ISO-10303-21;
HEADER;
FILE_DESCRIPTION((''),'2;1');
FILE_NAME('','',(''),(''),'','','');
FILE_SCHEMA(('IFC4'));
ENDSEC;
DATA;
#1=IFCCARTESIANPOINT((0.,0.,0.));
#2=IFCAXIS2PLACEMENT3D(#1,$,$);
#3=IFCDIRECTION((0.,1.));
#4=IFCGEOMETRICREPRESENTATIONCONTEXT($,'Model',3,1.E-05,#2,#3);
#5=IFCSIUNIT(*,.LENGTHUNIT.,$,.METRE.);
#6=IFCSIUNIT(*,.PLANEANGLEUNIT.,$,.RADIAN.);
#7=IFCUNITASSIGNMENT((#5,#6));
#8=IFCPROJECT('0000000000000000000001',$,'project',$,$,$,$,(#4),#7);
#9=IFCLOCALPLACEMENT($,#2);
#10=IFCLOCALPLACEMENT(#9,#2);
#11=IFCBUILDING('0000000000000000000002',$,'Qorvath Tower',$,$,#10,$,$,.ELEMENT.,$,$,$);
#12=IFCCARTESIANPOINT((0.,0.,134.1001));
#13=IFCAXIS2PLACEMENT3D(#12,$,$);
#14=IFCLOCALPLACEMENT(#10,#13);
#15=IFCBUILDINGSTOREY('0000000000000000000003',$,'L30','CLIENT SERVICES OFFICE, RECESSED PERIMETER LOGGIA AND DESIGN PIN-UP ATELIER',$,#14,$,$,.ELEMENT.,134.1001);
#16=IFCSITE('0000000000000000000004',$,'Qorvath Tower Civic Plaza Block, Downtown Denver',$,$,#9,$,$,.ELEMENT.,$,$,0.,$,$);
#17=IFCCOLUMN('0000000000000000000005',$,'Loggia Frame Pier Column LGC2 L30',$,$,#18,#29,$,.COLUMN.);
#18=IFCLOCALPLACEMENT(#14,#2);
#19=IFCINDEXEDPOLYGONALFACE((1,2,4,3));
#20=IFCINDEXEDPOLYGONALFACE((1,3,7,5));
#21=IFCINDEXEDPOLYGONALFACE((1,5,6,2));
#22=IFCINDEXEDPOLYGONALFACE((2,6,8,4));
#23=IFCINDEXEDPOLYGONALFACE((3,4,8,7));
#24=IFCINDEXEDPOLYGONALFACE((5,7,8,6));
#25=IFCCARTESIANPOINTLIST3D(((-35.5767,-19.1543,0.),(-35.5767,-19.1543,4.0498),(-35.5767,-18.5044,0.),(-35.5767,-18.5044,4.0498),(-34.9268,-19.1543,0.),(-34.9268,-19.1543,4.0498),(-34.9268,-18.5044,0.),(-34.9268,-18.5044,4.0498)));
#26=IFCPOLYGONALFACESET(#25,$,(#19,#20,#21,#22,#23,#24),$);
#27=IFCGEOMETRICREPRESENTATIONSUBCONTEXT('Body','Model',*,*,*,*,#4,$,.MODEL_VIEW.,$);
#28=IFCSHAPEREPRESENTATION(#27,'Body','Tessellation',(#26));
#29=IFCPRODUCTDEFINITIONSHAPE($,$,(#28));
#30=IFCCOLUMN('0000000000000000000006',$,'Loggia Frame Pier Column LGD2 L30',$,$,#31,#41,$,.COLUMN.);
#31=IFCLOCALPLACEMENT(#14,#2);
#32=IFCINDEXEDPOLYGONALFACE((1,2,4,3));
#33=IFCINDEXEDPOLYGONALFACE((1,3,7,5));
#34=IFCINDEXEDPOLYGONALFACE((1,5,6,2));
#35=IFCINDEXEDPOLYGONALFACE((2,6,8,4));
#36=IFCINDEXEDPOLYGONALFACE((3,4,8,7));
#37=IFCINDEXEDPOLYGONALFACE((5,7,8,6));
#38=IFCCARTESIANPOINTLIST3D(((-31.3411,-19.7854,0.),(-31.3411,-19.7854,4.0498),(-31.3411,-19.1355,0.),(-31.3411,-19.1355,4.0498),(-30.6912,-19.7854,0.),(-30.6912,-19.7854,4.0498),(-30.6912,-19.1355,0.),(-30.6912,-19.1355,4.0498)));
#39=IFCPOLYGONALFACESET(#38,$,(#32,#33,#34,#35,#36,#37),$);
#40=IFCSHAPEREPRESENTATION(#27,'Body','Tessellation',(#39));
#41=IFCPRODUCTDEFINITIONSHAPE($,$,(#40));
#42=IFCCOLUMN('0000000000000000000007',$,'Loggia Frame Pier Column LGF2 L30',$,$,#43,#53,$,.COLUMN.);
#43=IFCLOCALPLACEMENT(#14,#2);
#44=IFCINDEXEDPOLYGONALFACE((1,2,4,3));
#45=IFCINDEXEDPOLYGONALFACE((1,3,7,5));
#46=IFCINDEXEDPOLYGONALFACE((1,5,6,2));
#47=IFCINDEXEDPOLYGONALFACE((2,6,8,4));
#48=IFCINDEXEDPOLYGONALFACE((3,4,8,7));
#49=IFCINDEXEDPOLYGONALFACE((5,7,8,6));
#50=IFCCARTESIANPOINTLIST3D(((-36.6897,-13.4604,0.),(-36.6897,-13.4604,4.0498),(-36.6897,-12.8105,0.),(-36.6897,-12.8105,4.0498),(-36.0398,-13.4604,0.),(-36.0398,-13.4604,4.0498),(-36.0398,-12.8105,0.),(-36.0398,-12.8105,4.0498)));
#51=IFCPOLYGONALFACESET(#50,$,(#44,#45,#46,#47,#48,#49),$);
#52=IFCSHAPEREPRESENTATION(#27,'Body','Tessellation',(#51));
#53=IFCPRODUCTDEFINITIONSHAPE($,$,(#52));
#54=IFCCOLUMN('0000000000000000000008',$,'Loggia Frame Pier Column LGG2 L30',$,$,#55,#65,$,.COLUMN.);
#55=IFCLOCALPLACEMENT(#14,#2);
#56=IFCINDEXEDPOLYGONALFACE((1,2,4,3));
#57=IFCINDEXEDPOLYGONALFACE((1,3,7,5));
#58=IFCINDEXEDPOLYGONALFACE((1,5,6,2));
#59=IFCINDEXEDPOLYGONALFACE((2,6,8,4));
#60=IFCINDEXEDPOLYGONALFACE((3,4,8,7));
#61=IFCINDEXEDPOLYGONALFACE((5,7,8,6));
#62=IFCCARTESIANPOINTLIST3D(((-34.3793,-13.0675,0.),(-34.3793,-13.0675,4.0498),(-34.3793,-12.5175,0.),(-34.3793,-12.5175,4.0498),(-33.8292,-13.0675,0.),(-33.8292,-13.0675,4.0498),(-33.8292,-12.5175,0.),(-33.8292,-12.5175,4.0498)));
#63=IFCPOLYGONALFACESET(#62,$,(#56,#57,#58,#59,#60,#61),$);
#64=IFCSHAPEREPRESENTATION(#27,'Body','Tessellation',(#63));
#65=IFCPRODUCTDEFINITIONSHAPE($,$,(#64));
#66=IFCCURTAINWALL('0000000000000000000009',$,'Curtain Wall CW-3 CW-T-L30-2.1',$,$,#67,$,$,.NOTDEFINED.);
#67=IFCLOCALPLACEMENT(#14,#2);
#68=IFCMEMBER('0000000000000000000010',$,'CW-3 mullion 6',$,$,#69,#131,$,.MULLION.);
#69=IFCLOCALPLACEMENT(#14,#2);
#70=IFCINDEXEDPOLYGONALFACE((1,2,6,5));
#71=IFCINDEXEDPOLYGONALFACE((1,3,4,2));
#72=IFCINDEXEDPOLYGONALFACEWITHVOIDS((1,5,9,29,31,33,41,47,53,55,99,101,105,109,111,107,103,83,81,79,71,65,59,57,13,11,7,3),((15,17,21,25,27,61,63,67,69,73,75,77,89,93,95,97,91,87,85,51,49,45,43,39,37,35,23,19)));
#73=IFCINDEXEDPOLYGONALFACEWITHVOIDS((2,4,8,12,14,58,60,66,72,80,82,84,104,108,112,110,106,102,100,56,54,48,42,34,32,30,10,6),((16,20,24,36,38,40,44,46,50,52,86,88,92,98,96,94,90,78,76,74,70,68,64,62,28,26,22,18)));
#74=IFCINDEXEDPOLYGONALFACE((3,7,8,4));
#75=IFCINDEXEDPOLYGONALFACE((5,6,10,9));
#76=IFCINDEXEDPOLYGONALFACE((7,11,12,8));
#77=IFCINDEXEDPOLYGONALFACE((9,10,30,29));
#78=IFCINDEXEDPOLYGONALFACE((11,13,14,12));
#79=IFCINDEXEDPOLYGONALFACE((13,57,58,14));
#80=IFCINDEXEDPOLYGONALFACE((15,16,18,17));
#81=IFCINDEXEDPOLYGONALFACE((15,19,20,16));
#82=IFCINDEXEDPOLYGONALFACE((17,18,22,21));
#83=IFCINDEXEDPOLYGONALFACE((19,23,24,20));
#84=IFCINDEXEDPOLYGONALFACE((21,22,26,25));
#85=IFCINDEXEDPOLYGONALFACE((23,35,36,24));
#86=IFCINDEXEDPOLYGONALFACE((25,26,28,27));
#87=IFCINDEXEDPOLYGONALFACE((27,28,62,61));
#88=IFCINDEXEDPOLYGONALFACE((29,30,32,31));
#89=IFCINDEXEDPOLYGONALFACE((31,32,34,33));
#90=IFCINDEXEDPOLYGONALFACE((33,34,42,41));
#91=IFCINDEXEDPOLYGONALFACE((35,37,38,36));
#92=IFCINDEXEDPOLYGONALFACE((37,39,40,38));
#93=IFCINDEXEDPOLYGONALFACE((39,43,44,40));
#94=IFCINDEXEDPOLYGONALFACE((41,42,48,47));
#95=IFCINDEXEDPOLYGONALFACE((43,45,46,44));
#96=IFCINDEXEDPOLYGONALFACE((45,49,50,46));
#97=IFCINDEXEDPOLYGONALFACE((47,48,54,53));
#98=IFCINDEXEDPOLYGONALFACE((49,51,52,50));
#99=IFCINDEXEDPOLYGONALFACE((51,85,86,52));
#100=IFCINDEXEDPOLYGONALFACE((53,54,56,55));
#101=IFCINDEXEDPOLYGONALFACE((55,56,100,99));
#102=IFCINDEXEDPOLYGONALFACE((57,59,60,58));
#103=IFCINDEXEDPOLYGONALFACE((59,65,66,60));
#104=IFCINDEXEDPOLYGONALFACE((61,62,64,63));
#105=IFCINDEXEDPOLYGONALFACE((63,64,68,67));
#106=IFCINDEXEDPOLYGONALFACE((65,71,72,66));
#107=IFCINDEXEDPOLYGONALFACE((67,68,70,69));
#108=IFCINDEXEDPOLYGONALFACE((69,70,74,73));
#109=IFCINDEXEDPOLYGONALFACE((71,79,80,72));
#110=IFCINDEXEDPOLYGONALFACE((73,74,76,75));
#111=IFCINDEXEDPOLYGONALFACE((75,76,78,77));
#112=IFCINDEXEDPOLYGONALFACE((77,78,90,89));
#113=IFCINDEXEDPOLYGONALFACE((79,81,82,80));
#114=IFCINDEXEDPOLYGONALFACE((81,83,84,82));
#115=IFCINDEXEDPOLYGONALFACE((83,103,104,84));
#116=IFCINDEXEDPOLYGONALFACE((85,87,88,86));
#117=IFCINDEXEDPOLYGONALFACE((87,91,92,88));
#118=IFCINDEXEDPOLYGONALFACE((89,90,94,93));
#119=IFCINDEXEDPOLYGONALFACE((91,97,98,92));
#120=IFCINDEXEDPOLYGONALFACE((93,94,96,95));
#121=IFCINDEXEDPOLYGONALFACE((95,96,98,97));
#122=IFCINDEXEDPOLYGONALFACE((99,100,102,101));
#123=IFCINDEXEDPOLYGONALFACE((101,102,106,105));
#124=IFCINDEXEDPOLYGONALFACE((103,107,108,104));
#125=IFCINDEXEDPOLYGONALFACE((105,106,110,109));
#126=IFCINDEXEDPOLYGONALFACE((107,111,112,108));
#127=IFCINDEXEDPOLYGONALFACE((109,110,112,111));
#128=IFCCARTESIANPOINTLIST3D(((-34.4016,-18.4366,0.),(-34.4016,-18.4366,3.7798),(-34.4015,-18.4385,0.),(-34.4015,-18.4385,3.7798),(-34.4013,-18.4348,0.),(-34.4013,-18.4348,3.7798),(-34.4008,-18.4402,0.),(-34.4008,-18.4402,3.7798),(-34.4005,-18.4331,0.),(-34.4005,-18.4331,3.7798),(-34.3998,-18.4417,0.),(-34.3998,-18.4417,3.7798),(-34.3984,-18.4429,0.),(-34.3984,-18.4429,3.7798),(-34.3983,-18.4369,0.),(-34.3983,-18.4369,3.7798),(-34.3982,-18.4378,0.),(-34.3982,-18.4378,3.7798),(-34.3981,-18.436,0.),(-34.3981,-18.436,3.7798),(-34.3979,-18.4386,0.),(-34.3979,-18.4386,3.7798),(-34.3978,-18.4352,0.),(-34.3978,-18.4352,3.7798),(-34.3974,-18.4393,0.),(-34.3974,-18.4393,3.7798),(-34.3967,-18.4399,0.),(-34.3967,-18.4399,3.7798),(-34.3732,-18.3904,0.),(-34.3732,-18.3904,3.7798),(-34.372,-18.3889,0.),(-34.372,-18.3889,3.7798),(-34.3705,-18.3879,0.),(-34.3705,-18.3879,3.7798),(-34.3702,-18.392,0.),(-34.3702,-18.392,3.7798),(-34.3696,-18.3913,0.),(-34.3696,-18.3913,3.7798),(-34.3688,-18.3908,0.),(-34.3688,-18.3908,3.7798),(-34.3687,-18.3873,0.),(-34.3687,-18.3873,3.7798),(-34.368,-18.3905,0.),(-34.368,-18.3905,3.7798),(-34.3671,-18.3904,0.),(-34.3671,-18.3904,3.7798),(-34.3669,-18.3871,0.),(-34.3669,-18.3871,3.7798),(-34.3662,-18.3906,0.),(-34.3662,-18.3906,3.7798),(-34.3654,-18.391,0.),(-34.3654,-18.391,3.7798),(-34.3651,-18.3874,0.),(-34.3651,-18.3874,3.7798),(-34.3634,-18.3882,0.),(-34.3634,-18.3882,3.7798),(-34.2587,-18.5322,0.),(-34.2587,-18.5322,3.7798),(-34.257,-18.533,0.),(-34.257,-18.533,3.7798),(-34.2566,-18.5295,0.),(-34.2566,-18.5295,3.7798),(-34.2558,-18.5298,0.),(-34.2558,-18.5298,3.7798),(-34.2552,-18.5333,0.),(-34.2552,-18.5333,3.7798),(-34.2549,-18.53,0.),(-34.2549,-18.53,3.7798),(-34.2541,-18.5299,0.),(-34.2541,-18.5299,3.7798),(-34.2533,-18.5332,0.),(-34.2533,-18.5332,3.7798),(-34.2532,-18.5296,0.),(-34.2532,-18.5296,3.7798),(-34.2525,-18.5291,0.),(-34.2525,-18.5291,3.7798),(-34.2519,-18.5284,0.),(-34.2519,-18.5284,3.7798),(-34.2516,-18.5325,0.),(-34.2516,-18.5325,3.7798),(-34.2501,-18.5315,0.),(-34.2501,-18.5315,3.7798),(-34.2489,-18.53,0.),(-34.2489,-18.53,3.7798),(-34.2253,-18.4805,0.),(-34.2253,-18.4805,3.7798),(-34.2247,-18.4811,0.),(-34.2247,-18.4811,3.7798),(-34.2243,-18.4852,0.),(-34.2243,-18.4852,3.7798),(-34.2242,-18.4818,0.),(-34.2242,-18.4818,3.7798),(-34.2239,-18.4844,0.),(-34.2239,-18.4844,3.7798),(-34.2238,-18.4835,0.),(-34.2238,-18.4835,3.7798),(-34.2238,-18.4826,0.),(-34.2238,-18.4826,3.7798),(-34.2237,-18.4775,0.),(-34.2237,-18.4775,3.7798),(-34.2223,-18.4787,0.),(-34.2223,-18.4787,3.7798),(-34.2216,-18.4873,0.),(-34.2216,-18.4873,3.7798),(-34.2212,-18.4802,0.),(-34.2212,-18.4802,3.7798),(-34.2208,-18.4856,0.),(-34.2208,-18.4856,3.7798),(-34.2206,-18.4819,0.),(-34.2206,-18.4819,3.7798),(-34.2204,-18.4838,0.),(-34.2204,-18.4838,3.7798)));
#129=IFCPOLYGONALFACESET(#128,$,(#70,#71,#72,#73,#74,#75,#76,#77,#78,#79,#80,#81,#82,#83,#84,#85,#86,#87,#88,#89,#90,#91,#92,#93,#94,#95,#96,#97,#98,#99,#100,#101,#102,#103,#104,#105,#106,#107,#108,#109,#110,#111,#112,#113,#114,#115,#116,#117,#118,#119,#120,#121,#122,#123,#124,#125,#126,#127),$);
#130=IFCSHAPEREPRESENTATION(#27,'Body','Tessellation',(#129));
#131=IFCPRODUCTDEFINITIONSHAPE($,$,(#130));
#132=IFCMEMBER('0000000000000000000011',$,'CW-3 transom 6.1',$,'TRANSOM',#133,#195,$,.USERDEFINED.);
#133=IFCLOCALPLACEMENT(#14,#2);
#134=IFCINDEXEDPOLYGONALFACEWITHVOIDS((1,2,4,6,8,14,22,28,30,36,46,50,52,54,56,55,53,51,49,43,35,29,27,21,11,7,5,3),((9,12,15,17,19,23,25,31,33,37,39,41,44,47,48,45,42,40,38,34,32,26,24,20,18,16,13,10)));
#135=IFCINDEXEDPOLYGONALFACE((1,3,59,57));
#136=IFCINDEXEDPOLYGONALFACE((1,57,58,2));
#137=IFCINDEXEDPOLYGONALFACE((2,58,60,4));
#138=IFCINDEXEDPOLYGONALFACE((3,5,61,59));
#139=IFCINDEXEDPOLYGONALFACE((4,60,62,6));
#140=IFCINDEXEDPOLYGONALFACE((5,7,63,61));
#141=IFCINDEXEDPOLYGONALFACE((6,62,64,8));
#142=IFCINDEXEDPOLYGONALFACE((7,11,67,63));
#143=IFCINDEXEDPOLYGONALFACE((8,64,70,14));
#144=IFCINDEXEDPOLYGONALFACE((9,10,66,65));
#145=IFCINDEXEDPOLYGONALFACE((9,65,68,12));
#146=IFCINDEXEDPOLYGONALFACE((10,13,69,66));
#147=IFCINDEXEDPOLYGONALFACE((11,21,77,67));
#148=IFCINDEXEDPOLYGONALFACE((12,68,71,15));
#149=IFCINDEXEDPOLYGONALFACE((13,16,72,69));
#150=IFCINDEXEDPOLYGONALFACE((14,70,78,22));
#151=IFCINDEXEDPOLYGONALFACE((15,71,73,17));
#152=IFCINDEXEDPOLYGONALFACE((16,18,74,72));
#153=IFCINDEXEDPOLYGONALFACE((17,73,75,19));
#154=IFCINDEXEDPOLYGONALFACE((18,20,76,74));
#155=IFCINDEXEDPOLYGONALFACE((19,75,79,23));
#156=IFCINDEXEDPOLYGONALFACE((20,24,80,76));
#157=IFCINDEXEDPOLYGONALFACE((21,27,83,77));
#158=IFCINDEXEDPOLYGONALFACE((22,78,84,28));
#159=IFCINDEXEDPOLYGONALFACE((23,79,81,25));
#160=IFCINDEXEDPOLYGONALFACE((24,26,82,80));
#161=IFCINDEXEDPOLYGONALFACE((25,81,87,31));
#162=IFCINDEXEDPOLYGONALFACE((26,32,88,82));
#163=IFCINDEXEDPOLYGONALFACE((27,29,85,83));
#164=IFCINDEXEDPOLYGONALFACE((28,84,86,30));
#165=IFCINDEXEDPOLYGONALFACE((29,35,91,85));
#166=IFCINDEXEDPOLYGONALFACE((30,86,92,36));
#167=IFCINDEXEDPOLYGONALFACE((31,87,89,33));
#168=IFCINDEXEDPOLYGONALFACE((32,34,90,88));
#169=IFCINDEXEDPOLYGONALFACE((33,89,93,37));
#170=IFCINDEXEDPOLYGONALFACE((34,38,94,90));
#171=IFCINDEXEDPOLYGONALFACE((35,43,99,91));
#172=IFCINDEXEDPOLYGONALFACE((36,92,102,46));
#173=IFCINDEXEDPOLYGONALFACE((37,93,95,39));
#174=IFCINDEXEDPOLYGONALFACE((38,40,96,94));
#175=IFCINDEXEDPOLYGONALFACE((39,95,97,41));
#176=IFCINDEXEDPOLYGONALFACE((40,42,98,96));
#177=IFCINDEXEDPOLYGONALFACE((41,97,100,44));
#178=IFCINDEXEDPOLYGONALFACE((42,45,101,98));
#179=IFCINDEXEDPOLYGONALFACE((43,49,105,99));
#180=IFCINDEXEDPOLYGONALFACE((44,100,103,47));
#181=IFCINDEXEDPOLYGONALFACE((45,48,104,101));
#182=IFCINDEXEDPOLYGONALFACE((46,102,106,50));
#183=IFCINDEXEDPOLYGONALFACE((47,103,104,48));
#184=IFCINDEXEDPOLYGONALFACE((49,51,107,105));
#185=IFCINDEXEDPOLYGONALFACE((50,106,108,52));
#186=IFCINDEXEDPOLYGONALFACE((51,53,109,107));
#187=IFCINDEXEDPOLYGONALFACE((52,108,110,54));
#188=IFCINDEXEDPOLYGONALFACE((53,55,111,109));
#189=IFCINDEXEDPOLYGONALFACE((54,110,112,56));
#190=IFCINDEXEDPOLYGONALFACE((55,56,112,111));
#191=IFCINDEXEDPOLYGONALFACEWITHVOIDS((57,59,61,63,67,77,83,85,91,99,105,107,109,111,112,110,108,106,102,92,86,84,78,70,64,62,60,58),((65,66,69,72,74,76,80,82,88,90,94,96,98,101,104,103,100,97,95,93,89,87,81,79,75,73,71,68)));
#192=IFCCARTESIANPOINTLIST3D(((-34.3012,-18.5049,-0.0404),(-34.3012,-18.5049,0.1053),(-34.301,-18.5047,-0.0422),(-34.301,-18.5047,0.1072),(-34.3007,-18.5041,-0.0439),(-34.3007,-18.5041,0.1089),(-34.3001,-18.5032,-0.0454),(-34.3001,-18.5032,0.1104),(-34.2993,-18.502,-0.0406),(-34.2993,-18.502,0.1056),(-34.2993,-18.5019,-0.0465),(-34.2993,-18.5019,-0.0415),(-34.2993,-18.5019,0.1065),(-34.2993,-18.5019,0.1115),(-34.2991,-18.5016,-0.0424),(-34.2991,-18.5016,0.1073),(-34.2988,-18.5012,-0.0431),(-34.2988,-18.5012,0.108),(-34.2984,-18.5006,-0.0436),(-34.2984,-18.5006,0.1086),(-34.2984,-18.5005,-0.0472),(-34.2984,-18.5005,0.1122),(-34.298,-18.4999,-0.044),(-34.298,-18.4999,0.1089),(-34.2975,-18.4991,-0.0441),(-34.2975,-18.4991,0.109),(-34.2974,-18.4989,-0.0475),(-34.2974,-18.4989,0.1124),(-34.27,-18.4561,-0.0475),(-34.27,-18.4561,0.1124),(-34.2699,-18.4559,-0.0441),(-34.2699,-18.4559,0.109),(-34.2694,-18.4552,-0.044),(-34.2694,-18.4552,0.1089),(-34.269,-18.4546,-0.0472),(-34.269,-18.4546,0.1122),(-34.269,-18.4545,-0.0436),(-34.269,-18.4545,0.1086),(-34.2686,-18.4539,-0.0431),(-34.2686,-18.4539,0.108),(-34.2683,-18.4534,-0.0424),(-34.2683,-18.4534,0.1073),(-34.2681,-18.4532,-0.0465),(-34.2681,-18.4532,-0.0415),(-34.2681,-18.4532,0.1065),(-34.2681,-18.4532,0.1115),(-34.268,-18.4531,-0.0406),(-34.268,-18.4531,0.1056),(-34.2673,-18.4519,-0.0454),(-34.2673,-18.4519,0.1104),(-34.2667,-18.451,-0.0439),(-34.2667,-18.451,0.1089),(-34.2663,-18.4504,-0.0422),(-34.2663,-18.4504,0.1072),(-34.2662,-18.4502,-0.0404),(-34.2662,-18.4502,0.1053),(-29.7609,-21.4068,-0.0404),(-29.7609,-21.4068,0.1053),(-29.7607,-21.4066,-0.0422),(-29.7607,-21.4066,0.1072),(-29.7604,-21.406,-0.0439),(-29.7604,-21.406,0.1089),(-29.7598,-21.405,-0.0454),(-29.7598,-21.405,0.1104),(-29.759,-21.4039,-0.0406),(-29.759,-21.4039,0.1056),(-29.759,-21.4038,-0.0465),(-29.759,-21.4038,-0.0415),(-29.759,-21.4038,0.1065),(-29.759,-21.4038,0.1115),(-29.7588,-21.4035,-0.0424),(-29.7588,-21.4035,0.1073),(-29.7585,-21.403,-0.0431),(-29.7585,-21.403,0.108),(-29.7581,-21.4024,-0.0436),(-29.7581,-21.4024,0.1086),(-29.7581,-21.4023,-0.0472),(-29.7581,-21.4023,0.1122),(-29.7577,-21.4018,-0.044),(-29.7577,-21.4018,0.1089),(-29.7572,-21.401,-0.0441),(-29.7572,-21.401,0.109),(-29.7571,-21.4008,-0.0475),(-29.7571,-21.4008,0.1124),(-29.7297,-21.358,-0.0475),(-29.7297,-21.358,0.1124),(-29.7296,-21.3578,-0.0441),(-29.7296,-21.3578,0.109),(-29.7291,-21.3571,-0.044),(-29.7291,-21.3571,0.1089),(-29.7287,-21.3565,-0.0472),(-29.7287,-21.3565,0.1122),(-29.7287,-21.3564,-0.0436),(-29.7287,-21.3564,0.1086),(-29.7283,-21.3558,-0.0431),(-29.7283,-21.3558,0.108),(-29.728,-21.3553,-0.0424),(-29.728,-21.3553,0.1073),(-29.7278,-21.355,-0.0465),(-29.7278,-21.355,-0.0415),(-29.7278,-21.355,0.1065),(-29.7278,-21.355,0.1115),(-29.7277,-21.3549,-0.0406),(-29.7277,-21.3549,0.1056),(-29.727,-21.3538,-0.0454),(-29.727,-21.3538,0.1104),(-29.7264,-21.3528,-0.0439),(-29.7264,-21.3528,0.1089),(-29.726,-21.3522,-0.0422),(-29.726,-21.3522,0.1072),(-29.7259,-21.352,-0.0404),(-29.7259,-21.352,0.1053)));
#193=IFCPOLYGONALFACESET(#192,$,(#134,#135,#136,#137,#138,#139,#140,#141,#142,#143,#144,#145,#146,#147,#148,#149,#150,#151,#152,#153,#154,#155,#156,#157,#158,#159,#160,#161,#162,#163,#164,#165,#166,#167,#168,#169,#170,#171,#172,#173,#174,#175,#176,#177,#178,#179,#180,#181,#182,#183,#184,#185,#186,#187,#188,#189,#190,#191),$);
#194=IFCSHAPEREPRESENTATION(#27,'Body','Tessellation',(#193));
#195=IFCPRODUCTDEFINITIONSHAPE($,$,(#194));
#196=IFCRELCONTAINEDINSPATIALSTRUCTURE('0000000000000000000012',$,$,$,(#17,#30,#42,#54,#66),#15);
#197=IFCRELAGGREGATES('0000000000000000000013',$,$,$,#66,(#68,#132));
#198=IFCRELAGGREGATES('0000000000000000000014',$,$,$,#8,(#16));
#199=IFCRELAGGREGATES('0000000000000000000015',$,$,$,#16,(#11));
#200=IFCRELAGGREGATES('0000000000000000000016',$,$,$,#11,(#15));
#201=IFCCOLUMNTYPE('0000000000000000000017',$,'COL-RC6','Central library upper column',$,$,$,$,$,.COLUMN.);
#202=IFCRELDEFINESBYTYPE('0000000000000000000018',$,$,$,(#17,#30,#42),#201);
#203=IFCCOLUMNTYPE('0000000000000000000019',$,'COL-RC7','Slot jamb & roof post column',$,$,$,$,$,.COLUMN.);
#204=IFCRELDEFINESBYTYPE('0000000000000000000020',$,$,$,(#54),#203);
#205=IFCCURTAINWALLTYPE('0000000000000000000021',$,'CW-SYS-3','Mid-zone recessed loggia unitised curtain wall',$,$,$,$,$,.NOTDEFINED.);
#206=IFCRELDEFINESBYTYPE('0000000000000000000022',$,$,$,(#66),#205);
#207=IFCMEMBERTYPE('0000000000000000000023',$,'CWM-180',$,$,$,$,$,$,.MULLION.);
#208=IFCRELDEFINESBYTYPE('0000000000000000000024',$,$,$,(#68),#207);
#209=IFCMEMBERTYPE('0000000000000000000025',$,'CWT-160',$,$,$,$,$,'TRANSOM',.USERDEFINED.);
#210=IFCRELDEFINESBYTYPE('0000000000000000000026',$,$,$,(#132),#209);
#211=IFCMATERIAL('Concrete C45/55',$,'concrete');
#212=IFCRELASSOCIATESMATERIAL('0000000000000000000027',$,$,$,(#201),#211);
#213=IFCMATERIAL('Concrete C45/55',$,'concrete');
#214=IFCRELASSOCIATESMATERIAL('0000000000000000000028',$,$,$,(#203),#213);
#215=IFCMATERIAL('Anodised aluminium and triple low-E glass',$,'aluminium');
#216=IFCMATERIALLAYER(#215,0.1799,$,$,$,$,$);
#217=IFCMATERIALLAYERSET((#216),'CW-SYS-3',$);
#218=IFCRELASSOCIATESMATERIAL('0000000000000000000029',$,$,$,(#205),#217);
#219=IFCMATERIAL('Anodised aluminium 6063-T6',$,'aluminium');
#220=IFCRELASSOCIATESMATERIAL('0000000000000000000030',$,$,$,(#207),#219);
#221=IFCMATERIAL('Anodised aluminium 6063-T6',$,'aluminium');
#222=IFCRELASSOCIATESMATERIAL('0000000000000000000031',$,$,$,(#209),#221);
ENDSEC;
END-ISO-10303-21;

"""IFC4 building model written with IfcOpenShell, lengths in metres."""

from ifc_helpers import new_model, si_unit, direction, frame, origin, origin_2d, place, context, subcontext, project, spatial, rectangle, hollow_rectangle, extrude, material, layer, layer_set, material_profile, profile_set, type_object, element, aggregate, save


model = new_model("IFC4")

# Units and contexts
model_context = context("Model", 3, precision=1e-05, world=origin(), true_north=direction((0.0, 1.0)))
body_context = subcontext(model_context, "Body", "Model", "MODEL_VIEW")
ifc_project = project(units=[si_unit("LENGTHUNIT", "METRE"), si_unit("PLANEANGLEUNIT", "RADIAN")], contexts=[model_context])

# Site, building, storey
site_placement = place(None, origin())
site = spatial("IfcSite", under=ifc_project, at=site_placement, Name="Qorvath Tower Civic Plaza Block, Downtown Denver", CompositionType="ELEMENT", RefElevation=0.0)
building_placement = place(site_placement, origin())
building = spatial("IfcBuilding", under=site, at=building_placement, Name="Qorvath Tower", CompositionType="ELEMENT")
storey_placement = place(building_placement, frame((0.0, 0.0, 134.1001)))
storey = spatial("IfcBuildingStorey", under=building, at=storey_placement, Name="L30", Description="CLIENT SERVICES OFFICE, RECESSED PERIMETER LOGGIA AND DESIGN PIN-UP ATELIER", CompositionType="ELEMENT", Elevation=134.1001)

# Columns
ifc_material_1 = material(Name="Concrete C45/55", Category="concrete")
ifc_material_profile_1 = material_profile(ifc_material_1, rectangle(XDim=0.6499, YDim=0.6499, at=origin_2d()), Name="RC 650x650")
ifc_profile_set_1 = profile_set([ifc_material_profile_1], Name="Concrete C45/55")
column_type_1 = type_object("IfcColumnType", Name="COL-RC6", Description="Central library upper column", PredefinedType="COLUMN", material=ifc_profile_set_1)
for number, where, z_axis, x_axis, name in (
    (1, (-35.2517, -18.8293, 0.0), (0.0, 0.0, 1.0), (1.0, 0.0, 0.0), "Loggia Frame Pier Column LGC2 L30"),
    (2, (-31.0161, -19.4604, 0.0), (0.0, 0.0, 1.0), (1.0, 0.0, 0.0), "Loggia Frame Pier Column LGD2 L30"),
    (3, (-36.3647, -13.1355, 0.0), (0.0, 0.0, 1.0), (1.0, 0.0, 0.0), "Loggia Frame Pier Column LGF2 L30"),
):
    element("IfcColumn", number, at=place(storey_placement, frame(where, z_axis=z_axis, x_axis=x_axis)), inside=storey, type_object=column_type_1, Name=name, PredefinedType="COLUMN", context=body_context, shape_type="SweptSolid", body=[
        extrude(rectangle(XDim=0.6499, YDim=0.6499, at=origin_2d()), origin(), (0.0, 0.0, 1.0), 4.0498),
    ])
ifc_material_2 = material(Name="Concrete C45/55", Category="concrete")
ifc_material_profile_2 = material_profile(ifc_material_2, rectangle(XDim=0.55, YDim=0.55, at=origin_2d()), Name="RC 550x550")
ifc_profile_set_2 = profile_set([ifc_material_profile_2], Name="Concrete C45/55")
column_type_2 = type_object("IfcColumnType", Name="COL-RC7", Description="Slot jamb & roof post column", PredefinedType="COLUMN", material=ifc_profile_set_2)
column_placement = place(storey_placement, frame((-34.1042, -12.7925, 0.0), z_axis=(0.0, 0.0, 1.0), x_axis=(1.0, 0.0, 0.0)))
element("IfcColumn", 4, at=column_placement, inside=storey, type_object=column_type_2, Name="Loggia Frame Pier Column LGG2 L30", PredefinedType="COLUMN", context=body_context, shape_type="SweptSolid", body=[
    extrude(rectangle(XDim=0.55, YDim=0.55, at=origin_2d()), origin(), (0.0, 0.0, 1.0), 4.0498),
])

# Curtain wall, members
ifc_material_3 = material(Name="Anodised aluminium and triple low-E glass", Category="aluminium")
ifc_layer_1 = layer(ifc_material_3, 0.1799)
ifc_layer_set_1 = layer_set([ifc_layer_1], Name="CW-SYS-3")
curtain_wall_type = type_object("IfcCurtainWallType", Name="CW-SYS-3", Description="Mid-zone recessed loggia unitised curtain wall", PredefinedType="NOTDEFINED", material=ifc_layer_set_1)
curtain_wall_placement = place(storey_placement, origin())
curtain_wall = element("IfcCurtainWall", 5, at=curtain_wall_placement, inside=storey, type_object=curtain_wall_type, Name="Curtain Wall CW-3 CW-T-L30-2.1", PredefinedType="NOTDEFINED")
ifc_material_4 = material(Name="Anodised aluminium 6063-T6", Category="aluminium")
ifc_material_profile_3 = material_profile(ifc_material_4, hollow_rectangle(XDim=0.0649, YDim=0.1799, WallThickness=0.0034, InnerFilletRadius=0.0034, OuterFilletRadius=0.0071, at=origin_2d()), Name="CWM 180x65")
ifc_profile_set_3 = profile_set([ifc_material_profile_3], Name="Anodised aluminium 6063-T6")
member_type_1 = type_object("IfcMemberType", Name="CWM-180", PredefinedType="MULLION", material=ifc_profile_set_3)
member_1_placement = place(storey_placement, frame((-34.311, -18.4602, 0.0), z_axis=(0.0, 0.0, 1.0), x_axis=(0.538534, 0.842604, 0.0)))
member_1 = element("IfcMember", 6, at=member_1_placement, type_object=member_type_1, Name="CW-3 mullion 6", PredefinedType="MULLION", context=body_context, shape_type="SweptSolid", body=[
    extrude(hollow_rectangle(XDim=0.0649, YDim=0.1799, WallThickness=0.0034, InnerFilletRadius=0.0034, OuterFilletRadius=0.0071, at=origin_2d()), origin(), (0.0, 0.0, 1.0), 3.7798),
])
ifc_material_5 = material(Name="Anodised aluminium 6063-T6", Category="aluminium")
ifc_material_profile_4 = material_profile(ifc_material_5, hollow_rectangle(XDim=0.0649, YDim=0.1599, WallThickness=0.0034, InnerFilletRadius=0.0034, OuterFilletRadius=0.0071, at=origin_2d()), Name="CWT 160x65")
ifc_profile_set_4 = profile_set([ifc_material_profile_4], Name="Anodised aluminium 6063-T6")
member_type_2 = type_object("IfcMemberType", Name="CWT-160", ElementType="TRANSOM", PredefinedType="USERDEFINED", material=ifc_profile_set_4)
member_2_placement = place(storey_placement, frame((-34.2837, -18.4775, 0.0325), z_axis=(0.842602, -0.538537, 0.0), x_axis=(0.538537, 0.842602, 0.0)))
member_2 = element("IfcMember", 7, at=member_2_placement, type_object=member_type_2, Name="CW-3 transom 6.1", ObjectType="TRANSOM", PredefinedType="USERDEFINED", context=body_context, shape_type="SweptSolid", body=[
    extrude(hollow_rectangle(XDim=0.0649, YDim=0.1599, WallThickness=0.0034, InnerFilletRadius=0.0034, OuterFilletRadius=0.0071, at=origin_2d()), origin(), (0.0, 0.0, 1.0), 5.3884),
])
aggregate(curtain_wall, [member_1, member_2])

save(model, "model.ifc")
